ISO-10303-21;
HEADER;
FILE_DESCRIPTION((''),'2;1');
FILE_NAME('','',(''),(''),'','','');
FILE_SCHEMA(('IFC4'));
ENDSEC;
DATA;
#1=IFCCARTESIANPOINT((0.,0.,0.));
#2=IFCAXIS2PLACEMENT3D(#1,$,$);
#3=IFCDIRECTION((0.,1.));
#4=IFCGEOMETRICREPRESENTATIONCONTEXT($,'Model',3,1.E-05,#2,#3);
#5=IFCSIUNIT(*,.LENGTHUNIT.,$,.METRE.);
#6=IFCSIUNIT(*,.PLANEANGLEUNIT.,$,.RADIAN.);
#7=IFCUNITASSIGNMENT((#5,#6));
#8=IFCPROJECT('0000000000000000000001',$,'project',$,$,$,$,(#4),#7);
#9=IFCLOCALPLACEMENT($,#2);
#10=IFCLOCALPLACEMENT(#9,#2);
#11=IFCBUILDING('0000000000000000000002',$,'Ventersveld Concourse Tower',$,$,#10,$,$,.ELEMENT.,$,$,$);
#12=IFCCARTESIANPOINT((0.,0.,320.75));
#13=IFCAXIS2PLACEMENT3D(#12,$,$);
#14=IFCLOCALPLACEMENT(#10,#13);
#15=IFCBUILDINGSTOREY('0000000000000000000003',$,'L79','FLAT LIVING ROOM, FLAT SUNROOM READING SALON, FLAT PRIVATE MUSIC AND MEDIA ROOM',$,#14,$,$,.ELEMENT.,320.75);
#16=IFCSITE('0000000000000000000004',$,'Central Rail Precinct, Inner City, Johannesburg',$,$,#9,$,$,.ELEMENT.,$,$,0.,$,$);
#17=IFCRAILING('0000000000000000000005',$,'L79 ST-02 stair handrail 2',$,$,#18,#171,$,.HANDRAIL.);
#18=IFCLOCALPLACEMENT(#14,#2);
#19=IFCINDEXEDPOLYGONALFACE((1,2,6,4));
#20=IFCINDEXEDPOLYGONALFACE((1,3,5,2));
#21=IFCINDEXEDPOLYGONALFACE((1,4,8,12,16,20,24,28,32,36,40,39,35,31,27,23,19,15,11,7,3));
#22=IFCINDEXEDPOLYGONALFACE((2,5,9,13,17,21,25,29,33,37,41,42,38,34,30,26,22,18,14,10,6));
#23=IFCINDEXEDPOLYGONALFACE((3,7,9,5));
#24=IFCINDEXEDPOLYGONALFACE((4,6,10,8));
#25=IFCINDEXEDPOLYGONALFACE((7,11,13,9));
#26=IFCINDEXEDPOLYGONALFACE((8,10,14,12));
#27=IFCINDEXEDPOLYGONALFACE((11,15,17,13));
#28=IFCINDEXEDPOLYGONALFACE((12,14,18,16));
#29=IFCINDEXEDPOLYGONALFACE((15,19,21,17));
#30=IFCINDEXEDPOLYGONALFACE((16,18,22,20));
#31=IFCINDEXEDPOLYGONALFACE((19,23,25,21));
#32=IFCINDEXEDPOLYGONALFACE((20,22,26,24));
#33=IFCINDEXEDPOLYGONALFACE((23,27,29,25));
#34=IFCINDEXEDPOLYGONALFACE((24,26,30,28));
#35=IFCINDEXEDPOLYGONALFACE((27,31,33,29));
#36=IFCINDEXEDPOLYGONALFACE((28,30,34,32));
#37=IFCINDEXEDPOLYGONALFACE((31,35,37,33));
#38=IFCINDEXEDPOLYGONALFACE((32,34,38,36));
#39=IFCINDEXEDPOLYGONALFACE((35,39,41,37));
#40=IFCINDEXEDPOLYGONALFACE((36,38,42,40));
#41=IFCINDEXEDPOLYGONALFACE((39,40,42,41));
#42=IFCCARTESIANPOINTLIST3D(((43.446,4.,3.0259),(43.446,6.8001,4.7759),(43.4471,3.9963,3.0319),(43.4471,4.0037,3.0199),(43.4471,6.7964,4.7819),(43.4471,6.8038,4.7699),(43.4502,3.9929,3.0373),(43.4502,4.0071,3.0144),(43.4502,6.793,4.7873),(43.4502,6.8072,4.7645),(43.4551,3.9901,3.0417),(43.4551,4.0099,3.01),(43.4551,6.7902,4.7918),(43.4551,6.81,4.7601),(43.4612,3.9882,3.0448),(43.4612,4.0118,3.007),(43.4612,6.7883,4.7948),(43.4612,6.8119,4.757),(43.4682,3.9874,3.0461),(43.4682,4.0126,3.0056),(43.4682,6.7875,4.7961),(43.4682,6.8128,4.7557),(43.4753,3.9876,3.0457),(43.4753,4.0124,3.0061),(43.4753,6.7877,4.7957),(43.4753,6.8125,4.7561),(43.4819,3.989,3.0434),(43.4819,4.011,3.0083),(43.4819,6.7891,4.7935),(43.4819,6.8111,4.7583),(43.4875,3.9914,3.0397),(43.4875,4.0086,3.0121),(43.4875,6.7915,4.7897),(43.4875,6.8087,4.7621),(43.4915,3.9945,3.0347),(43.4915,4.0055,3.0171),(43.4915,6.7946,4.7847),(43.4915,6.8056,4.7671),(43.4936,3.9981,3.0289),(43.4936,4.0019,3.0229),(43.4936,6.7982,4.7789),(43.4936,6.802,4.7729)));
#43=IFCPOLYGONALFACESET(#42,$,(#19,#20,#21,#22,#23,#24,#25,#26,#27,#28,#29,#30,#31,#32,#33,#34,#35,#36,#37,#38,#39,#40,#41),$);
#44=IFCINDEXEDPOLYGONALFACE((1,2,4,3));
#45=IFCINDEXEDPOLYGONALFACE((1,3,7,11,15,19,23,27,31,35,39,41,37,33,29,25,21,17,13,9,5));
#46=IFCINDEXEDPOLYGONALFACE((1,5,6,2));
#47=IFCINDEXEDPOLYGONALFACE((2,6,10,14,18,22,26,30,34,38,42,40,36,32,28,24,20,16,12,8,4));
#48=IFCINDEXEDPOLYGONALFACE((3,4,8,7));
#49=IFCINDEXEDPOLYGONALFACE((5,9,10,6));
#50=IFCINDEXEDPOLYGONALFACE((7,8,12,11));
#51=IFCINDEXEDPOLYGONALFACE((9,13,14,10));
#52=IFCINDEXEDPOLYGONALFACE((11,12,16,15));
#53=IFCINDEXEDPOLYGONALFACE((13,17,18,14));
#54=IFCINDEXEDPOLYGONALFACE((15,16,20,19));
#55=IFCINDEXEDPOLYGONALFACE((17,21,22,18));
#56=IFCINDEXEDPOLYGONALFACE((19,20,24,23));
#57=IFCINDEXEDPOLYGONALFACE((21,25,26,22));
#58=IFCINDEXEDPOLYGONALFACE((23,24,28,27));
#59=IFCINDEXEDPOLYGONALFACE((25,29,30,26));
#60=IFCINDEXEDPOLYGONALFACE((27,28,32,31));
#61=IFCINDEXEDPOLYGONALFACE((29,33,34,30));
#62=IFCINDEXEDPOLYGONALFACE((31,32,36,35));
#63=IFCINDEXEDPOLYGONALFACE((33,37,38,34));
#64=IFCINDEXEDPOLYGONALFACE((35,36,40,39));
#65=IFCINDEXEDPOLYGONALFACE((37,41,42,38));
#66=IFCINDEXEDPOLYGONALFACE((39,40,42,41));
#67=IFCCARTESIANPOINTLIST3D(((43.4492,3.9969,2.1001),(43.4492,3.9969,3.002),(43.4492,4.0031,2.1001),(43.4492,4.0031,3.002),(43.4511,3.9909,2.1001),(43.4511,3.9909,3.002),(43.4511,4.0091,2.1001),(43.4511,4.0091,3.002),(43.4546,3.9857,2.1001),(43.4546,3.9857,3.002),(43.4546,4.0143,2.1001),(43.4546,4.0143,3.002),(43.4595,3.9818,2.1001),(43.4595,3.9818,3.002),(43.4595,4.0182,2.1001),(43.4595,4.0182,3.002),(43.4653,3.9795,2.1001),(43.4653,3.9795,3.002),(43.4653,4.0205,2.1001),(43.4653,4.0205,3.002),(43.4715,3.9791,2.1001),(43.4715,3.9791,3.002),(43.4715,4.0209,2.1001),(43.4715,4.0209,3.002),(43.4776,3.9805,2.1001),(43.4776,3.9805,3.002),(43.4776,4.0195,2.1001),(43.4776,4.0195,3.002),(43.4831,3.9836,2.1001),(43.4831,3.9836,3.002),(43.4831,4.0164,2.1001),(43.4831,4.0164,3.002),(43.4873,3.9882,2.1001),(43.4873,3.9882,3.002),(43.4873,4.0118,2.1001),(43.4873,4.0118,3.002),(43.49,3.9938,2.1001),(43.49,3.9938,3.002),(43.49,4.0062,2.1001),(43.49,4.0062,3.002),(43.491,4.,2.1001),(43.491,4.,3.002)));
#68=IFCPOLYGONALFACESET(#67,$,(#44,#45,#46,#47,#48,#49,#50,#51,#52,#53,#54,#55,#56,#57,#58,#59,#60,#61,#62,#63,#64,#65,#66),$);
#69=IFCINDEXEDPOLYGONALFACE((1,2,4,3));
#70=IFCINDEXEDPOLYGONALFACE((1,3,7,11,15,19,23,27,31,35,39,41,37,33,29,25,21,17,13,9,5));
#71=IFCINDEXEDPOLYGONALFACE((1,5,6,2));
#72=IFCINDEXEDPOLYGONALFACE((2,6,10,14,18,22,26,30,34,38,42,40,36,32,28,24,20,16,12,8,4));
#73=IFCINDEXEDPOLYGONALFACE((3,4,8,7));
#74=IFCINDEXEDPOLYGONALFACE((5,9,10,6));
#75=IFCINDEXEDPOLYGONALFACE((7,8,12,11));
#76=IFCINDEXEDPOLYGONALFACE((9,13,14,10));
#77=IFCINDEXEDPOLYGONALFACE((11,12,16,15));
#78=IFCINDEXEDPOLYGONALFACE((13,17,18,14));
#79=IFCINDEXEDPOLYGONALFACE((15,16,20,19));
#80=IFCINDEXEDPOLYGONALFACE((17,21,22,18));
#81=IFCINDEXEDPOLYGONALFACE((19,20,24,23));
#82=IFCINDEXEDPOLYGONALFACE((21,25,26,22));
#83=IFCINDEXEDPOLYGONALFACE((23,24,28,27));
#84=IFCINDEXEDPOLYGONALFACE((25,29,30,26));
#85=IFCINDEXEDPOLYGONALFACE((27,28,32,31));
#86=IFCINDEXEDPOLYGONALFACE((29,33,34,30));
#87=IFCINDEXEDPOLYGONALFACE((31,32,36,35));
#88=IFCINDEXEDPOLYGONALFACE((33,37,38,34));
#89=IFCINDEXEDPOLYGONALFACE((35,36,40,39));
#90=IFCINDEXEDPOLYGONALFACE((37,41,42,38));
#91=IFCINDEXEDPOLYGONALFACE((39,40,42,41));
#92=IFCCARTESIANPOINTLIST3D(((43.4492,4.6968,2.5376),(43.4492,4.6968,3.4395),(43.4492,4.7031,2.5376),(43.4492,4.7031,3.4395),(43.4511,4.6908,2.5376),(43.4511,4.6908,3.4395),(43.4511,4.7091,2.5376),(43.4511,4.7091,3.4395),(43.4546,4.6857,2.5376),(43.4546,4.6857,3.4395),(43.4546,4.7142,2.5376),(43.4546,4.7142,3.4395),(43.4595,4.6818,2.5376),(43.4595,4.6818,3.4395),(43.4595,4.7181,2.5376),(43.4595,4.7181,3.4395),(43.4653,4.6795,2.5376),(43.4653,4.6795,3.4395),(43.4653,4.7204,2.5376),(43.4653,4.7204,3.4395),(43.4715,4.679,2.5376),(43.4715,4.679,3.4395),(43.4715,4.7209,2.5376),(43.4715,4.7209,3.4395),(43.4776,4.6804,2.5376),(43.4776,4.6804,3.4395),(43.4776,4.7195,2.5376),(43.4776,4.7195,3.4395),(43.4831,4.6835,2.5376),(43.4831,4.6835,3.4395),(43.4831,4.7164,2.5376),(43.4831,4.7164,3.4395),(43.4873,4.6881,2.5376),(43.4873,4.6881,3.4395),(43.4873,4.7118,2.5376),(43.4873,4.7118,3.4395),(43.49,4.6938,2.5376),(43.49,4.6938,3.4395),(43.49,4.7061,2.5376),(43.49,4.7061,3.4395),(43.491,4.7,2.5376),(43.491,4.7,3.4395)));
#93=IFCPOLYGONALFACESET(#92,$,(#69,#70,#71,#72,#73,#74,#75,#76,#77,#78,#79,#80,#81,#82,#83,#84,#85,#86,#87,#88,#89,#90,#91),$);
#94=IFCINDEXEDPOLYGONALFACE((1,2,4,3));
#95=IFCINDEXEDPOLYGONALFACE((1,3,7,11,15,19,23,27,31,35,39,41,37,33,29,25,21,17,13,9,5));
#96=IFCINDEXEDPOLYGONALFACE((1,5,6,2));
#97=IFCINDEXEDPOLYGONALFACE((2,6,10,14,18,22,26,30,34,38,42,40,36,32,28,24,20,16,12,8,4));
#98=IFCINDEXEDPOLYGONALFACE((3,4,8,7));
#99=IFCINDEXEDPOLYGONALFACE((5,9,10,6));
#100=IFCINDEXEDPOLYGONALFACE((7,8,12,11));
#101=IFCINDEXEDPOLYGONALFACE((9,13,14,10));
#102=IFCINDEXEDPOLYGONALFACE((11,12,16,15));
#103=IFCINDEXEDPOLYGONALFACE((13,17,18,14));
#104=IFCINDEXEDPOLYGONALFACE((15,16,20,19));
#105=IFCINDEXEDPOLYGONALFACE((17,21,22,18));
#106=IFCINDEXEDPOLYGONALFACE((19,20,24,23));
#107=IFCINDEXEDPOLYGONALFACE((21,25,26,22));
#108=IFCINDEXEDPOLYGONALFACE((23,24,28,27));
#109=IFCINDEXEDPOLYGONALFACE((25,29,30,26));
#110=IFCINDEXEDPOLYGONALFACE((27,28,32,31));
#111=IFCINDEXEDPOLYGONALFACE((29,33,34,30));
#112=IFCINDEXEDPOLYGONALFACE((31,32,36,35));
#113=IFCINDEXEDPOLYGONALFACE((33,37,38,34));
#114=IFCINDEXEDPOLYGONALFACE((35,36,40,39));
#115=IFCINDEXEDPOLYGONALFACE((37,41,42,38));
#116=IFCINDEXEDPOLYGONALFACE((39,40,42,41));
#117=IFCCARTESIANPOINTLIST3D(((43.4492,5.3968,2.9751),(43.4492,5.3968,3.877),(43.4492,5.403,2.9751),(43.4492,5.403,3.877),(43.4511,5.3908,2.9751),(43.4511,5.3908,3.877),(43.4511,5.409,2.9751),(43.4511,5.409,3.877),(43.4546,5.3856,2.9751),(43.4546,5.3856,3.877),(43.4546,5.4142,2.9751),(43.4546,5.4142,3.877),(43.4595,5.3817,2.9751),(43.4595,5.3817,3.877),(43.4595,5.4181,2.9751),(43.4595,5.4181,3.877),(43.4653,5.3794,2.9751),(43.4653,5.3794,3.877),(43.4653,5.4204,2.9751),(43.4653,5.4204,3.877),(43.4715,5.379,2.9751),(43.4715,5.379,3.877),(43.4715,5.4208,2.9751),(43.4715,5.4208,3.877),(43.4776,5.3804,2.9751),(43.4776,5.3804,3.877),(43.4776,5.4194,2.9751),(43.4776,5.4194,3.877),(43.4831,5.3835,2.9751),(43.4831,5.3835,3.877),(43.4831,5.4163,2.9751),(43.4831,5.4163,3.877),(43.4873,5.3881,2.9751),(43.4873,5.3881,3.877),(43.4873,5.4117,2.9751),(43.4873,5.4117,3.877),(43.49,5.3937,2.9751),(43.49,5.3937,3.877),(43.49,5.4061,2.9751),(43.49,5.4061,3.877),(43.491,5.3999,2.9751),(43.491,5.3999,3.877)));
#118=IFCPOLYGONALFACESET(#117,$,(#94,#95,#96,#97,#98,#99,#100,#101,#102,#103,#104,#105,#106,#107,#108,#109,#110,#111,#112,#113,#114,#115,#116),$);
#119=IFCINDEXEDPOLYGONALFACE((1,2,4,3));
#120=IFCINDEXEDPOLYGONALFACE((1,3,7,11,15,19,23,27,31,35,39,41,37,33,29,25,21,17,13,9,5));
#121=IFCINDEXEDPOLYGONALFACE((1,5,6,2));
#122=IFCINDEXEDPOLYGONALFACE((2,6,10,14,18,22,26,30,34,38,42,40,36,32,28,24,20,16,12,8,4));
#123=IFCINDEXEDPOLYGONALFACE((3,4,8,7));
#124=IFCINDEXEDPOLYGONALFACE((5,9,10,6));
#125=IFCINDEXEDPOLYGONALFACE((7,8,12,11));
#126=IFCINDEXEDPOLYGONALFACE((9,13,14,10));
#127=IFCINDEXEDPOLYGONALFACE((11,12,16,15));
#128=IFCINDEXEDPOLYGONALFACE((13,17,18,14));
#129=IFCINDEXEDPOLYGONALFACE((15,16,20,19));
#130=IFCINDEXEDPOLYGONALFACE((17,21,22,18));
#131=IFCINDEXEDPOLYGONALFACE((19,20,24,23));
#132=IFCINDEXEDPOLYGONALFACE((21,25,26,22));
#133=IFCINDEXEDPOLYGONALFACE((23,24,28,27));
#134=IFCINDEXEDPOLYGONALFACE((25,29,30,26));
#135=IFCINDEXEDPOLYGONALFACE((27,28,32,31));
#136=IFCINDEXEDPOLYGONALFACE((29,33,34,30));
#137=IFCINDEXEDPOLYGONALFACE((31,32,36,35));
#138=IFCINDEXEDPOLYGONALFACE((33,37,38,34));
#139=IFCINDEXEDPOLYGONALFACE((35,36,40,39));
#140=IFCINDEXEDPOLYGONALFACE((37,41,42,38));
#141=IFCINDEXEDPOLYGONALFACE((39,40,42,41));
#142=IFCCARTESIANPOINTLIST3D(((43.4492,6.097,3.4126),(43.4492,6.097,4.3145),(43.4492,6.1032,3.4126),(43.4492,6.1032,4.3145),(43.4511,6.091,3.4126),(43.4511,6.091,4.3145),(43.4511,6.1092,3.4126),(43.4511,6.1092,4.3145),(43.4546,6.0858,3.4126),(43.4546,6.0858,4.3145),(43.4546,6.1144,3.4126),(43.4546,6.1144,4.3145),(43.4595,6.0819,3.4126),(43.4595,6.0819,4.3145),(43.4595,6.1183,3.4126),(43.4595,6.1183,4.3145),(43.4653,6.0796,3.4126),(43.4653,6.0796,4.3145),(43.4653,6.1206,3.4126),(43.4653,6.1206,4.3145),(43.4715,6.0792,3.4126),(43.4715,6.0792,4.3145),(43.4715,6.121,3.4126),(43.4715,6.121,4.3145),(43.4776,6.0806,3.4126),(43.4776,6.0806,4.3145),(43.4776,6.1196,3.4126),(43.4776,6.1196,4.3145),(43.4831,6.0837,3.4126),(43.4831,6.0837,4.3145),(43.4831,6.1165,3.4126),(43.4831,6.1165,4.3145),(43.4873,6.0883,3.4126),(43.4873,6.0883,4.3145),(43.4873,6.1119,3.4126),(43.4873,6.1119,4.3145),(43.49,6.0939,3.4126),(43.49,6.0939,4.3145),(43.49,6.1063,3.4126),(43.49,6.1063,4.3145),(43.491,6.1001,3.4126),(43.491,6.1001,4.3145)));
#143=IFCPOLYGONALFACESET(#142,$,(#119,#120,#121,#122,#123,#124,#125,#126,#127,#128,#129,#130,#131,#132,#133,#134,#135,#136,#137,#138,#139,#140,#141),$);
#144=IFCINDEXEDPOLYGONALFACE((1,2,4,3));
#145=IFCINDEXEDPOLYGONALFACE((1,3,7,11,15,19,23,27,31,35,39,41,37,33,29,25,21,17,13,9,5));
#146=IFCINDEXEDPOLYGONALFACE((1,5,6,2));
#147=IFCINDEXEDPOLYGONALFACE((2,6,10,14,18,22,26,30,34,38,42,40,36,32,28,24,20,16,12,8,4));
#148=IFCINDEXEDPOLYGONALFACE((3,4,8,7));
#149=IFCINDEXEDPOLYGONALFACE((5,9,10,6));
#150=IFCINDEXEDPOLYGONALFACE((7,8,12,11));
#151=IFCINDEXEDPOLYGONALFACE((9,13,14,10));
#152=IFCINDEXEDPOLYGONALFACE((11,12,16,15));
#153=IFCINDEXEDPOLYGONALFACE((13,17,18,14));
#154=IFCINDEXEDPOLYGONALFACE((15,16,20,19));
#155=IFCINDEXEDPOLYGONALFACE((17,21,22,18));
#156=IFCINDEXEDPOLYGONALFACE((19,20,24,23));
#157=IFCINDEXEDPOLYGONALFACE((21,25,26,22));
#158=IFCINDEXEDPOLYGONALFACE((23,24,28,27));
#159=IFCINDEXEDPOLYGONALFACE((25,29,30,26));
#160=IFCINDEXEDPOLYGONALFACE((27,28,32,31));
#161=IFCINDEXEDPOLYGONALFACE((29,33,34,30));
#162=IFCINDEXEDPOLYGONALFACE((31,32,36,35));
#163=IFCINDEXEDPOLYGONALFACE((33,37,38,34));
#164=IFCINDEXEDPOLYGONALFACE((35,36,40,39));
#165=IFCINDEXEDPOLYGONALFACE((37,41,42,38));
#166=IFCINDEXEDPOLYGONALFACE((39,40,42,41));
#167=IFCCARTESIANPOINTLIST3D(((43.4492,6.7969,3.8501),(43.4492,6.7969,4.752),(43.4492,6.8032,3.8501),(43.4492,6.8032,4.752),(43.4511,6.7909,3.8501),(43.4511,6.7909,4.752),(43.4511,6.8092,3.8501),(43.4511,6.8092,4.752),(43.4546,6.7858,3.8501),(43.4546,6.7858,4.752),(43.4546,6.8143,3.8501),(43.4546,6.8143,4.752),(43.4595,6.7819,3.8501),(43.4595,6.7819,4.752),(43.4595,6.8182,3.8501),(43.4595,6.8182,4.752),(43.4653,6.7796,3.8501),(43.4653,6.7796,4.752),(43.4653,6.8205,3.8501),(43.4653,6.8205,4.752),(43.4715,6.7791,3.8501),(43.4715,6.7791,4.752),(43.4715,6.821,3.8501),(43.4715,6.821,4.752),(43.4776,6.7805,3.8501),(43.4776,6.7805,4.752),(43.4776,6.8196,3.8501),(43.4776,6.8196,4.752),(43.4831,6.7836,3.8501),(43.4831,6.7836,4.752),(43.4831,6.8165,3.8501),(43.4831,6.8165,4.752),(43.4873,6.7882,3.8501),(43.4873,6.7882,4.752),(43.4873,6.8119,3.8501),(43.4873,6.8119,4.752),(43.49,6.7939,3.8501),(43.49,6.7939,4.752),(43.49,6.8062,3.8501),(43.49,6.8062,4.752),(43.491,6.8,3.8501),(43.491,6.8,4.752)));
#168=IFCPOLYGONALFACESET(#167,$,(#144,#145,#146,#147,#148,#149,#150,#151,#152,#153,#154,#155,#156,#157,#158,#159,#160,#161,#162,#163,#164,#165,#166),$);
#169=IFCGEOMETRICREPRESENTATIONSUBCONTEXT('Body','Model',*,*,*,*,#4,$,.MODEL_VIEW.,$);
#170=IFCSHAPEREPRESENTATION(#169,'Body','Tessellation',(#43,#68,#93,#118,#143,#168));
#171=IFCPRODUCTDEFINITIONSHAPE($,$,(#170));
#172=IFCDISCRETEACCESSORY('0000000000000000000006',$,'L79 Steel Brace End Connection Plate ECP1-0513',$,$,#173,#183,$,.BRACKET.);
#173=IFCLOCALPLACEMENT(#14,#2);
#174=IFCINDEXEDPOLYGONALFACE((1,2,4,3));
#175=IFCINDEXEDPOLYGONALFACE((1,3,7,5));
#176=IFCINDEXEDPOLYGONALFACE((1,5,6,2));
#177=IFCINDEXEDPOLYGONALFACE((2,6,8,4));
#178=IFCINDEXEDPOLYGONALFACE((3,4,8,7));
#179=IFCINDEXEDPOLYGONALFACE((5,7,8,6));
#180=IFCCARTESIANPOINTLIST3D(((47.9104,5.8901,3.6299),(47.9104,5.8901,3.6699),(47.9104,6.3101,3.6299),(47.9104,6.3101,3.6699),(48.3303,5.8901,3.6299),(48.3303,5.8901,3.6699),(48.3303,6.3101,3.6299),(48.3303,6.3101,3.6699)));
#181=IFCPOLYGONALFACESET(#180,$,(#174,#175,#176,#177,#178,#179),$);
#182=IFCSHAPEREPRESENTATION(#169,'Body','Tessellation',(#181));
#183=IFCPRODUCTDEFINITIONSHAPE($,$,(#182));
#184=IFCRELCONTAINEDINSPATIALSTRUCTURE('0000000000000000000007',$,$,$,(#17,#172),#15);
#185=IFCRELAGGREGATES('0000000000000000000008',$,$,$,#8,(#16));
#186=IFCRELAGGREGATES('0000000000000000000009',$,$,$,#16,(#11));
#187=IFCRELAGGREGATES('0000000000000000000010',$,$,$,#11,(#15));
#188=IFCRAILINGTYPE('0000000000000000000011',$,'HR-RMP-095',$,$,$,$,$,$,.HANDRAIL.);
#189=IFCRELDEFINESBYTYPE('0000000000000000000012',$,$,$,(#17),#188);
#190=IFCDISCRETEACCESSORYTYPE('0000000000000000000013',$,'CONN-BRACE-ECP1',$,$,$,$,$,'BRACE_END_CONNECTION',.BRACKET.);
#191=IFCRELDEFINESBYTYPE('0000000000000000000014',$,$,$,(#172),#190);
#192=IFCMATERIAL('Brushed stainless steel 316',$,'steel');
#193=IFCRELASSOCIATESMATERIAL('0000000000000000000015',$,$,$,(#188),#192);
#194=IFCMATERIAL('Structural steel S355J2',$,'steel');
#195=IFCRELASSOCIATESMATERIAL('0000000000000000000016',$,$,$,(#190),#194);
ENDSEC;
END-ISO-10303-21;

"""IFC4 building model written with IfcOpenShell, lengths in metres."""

from ifc_helpers import new_model, si_unit, direction, frame, origin, origin_2d, place, context, subcontext, project, spatial, rectangle, circle, extrude, material, type_object, element, save


model = new_model("IFC4")

# Units and contexts
model_context = context("Model", 3, precision=1e-05, world=origin(), true_north=direction((0.0, 1.0)))
body_context = subcontext(model_context, "Body", "Model", "MODEL_VIEW")
ifc_project = project(units=[si_unit("LENGTHUNIT", "METRE"), si_unit("PLANEANGLEUNIT", "RADIAN")], contexts=[model_context])

# Site, building, storey
site_placement = place(None, origin())
site = spatial("IfcSite", under=ifc_project, at=site_placement, Name="Central Rail Precinct, Inner City, Johannesburg", CompositionType="ELEMENT", RefElevation=0.0)
building_placement = place(site_placement, origin())
building = spatial("IfcBuilding", under=site, at=building_placement, Name="Ventersveld Concourse Tower", CompositionType="ELEMENT")
storey_placement = place(building_placement, frame((0.0, 0.0, 320.75)))
storey = spatial("IfcBuildingStorey", under=building, at=storey_placement, Name="L79", Description="FLAT LIVING ROOM, FLAT SUNROOM READING SALON, FLAT PRIVATE MUSIC AND MEDIA ROOM", CompositionType="ELEMENT", Elevation=320.75)

# Shared definitions
ifc_material_1 = material(Name="Structural steel S355J2", Category="steel")

# Railing
ifc_material_2 = material(Name="Brushed stainless steel 316", Category="steel")
railing_type = type_object("IfcRailingType", Name="HR-RMP-095", PredefinedType="HANDRAIL", material=ifc_material_2)
railing_placement = place(storey_placement, frame((43.47, 4.0, 2.1001)))
element("IfcRailing", 1, at=railing_placement, inside=storey, type_object=railing_type, Name="L79 ST-02 stair handrail 2", PredefinedType="HANDRAIL", context=body_context, shape_type="SweptSolid", body=[
    extrude(circle(Radius=0.0239, at=origin_2d()), frame((0.0, 0.0, 0.9258), z_axis=(0.0, 0.848002, 0.529992), x_axis=(-1.0, 0.0, 0.0)), (0.0, 0.0, 1.0), 3.302),
    extrude(circle(Radius=0.021, at=origin_2d()), origin(), (0.0, 0.0, 1.0), 0.9019),
    extrude(circle(Radius=0.021, at=origin_2d()), frame((0.0, 0.7, 0.4375)), (0.0, 0.0, 1.0), 0.9019),
    extrude(circle(Radius=0.021, at=origin_2d()), frame((0.0, 1.3999, 0.875)), (0.0, 0.0, 1.0), 0.9019),
    extrude(circle(Radius=0.021, at=origin_2d()), frame((0.0, 2.1001, 1.3125)), (0.0, 0.0, 1.0), 0.9019),
    extrude(circle(Radius=0.021, at=origin_2d()), frame((0.0, 2.8, 1.75)), (0.0, 0.0, 1.0), 0.9019),
])

# Discrete accessory
discrete_accessory_type = type_object("IfcDiscreteAccessoryType", Name="CONN-BRACE-ECP1", ElementType="BRACE_END_CONNECTION", PredefinedType="BRACKET", material=ifc_material_1)
discrete_accessory_placement = place(storey_placement, frame((48.1204, 6.1001, 3.6299), z_axis=(0.0, 0.0, 1.0), x_axis=(1.0, 0.0, 0.0)))
element("IfcDiscreteAccessory", 2, at=discrete_accessory_placement, inside=storey, type_object=discrete_accessory_type, Name="L79 Steel Brace End Connection Plate ECP1-0513", PredefinedType="BRACKET", context=body_context, shape_type="SweptSolid", body=[
    extrude(rectangle(XDim=0.4199, YDim=0.4199, at=origin_2d()), origin(), (0.0, 0.0, 1.0), 0.04),
])

save(model, "model.ifc")
